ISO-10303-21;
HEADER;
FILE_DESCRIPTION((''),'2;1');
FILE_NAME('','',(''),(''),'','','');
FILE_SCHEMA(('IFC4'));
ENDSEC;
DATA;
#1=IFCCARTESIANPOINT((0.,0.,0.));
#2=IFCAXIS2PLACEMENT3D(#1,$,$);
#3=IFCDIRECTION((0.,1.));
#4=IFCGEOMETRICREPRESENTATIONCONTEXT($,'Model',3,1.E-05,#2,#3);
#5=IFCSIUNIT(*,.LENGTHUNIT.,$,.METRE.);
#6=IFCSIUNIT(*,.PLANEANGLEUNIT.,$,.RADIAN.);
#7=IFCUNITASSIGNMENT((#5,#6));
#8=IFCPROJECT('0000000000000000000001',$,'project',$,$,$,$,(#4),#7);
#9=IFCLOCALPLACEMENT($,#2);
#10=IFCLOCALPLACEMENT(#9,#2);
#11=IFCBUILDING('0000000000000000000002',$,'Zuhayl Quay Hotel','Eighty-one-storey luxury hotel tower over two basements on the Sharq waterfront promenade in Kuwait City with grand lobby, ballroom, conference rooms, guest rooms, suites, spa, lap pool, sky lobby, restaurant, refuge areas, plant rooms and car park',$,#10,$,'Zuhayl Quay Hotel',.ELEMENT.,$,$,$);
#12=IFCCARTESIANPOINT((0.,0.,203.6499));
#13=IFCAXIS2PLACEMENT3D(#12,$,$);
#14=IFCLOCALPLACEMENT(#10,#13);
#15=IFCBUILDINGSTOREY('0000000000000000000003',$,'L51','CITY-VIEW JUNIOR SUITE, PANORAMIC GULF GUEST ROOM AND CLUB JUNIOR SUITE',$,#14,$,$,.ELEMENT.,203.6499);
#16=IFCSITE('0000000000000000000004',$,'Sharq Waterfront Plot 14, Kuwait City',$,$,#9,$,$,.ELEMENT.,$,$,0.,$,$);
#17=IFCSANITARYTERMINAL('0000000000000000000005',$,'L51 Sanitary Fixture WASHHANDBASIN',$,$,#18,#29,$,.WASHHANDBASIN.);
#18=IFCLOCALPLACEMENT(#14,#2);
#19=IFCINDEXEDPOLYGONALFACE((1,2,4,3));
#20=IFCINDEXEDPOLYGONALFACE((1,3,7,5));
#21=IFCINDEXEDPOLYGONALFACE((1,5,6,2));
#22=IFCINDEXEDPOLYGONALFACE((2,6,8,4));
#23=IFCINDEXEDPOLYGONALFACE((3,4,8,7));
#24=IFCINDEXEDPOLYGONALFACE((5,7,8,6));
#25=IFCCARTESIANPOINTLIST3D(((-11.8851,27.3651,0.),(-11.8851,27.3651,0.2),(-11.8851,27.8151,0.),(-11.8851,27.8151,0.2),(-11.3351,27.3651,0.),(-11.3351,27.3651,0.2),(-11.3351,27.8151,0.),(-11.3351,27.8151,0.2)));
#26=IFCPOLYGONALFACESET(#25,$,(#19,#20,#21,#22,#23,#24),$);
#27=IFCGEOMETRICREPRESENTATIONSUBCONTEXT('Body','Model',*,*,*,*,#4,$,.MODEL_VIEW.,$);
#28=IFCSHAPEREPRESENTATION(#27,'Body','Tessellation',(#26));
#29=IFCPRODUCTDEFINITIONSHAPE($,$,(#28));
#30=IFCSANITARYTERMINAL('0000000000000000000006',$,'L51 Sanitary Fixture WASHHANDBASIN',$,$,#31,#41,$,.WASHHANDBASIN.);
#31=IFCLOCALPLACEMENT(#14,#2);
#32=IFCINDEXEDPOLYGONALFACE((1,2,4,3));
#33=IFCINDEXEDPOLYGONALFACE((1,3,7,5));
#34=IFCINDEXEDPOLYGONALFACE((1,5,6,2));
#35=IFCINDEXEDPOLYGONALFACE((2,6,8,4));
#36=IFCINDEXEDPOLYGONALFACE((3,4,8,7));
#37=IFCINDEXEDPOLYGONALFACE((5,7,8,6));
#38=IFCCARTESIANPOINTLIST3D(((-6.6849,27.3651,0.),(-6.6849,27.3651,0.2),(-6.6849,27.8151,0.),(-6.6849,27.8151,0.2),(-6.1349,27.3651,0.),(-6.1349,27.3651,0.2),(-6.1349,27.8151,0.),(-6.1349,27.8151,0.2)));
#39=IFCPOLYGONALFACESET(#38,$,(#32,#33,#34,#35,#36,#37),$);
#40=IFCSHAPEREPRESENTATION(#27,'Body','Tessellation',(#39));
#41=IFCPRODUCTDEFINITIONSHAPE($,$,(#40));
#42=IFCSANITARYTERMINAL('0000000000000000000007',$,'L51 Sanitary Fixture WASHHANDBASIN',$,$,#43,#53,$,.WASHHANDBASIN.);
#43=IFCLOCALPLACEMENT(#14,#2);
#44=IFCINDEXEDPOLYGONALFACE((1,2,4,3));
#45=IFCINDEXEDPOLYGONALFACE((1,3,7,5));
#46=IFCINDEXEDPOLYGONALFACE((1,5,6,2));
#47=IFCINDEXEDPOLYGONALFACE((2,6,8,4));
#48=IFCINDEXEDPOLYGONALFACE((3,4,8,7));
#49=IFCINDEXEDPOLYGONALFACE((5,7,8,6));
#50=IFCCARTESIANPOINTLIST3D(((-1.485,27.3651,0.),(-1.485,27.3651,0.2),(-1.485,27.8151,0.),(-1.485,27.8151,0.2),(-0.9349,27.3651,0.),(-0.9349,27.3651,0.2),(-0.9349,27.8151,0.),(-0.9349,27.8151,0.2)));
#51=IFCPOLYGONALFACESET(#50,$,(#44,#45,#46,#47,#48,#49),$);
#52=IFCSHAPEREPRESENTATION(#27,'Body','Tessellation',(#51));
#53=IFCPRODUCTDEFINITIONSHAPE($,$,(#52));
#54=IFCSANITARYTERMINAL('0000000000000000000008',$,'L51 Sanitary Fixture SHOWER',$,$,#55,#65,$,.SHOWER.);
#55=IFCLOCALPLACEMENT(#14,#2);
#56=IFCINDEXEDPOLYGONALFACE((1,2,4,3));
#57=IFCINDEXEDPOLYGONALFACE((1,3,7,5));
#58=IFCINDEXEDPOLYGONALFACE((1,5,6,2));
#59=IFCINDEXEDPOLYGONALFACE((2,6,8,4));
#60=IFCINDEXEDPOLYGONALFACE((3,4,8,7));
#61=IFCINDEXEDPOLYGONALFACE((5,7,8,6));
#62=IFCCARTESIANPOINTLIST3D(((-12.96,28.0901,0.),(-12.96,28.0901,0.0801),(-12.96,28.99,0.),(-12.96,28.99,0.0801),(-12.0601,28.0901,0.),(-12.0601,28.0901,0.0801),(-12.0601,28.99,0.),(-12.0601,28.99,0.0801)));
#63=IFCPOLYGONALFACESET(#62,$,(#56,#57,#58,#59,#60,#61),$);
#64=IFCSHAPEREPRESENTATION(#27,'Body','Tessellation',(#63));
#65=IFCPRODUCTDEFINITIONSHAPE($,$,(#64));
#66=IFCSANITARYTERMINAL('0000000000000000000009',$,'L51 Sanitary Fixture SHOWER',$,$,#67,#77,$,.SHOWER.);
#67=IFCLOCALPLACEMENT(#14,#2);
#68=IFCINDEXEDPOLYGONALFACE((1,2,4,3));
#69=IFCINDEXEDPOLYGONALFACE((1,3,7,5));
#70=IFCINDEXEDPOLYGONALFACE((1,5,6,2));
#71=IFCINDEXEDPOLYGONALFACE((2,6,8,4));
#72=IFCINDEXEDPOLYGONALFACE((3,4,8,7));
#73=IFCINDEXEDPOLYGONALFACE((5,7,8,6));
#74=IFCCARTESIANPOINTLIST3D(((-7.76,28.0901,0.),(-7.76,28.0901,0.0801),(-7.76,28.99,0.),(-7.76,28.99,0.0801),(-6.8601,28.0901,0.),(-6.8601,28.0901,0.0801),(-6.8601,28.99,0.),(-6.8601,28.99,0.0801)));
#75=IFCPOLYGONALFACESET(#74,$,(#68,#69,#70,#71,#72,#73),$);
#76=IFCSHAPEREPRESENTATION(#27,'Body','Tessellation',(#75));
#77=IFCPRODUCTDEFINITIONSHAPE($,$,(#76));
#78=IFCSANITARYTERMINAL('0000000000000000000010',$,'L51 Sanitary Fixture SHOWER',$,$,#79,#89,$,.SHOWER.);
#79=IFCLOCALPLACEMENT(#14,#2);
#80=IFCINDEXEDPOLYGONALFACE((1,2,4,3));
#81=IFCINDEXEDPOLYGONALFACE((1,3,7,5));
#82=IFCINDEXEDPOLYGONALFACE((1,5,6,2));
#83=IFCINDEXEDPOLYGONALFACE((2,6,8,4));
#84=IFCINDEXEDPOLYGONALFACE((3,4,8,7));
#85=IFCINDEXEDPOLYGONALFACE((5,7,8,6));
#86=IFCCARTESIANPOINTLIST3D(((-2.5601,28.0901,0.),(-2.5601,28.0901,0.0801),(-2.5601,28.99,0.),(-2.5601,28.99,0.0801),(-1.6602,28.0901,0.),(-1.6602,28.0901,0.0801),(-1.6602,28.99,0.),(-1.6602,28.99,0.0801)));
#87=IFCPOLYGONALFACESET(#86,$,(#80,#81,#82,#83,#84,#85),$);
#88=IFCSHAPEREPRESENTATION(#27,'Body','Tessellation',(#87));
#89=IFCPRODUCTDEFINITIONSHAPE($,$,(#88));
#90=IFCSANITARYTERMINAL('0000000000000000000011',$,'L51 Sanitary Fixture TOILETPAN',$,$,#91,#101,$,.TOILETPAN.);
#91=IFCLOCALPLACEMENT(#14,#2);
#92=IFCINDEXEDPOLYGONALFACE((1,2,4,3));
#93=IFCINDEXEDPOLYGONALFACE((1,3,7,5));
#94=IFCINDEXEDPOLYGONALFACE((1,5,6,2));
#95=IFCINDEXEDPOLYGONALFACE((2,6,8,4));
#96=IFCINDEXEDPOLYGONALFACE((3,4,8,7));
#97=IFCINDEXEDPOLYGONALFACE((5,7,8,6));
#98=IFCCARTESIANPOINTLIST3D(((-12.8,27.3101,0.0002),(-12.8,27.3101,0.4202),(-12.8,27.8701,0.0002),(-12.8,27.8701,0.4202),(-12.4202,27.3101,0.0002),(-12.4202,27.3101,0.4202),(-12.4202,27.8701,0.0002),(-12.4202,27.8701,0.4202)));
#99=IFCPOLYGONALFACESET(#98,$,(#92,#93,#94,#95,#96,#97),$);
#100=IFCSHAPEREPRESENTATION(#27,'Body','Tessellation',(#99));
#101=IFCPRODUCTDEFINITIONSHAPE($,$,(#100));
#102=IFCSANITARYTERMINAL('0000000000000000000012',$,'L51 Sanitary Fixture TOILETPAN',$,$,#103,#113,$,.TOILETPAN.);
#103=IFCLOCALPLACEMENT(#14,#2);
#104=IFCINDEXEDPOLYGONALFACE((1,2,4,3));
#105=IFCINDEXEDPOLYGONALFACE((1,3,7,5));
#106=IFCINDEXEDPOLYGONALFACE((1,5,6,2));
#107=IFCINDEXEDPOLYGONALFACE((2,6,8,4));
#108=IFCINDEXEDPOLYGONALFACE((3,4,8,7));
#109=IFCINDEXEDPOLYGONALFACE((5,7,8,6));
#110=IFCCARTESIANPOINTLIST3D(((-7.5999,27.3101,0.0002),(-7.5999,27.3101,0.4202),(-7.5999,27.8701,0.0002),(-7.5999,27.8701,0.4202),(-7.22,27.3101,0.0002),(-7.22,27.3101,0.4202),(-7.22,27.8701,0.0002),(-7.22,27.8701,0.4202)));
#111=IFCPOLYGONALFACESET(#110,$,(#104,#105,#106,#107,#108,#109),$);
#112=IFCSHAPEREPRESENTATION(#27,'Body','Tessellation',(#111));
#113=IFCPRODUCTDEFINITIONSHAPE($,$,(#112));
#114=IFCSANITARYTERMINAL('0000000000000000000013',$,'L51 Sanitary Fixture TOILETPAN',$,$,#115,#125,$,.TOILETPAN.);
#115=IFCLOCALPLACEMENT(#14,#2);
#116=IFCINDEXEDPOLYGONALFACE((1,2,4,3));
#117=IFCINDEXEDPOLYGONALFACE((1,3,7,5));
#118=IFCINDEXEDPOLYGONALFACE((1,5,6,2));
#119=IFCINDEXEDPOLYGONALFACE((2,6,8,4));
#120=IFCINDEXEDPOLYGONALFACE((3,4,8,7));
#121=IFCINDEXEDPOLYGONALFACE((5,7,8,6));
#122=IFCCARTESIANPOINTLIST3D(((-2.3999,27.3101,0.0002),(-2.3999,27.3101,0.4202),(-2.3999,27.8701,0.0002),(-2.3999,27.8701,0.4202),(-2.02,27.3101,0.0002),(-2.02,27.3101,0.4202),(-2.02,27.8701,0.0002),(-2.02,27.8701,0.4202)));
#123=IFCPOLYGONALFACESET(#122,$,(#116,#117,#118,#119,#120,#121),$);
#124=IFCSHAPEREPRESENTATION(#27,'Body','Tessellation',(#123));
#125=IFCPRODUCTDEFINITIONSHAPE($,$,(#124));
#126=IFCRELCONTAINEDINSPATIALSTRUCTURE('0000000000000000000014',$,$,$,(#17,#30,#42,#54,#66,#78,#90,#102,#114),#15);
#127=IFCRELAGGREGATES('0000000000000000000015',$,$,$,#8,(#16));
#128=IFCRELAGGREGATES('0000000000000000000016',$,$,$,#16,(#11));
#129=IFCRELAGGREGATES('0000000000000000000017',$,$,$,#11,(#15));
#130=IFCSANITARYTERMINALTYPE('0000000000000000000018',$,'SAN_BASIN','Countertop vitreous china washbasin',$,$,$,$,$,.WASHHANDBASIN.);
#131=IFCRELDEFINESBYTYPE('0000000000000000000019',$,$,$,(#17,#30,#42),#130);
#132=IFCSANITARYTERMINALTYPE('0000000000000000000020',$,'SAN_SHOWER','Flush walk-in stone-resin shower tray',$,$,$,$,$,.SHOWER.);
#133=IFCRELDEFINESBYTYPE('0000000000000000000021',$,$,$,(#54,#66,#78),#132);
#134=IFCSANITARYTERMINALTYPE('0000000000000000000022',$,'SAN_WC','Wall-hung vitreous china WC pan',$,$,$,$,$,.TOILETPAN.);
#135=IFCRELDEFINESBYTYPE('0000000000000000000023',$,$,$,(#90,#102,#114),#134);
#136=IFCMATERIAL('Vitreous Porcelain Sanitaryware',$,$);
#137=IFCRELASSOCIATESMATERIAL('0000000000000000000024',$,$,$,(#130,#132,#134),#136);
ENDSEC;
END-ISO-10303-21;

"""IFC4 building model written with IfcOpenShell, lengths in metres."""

from ifc_helpers import new_model, si_unit, direction, frame, origin, origin_2d, place, context, subcontext, project, spatial, rectangle, extrude, material, type_object, element, save


model = new_model("IFC4")

# Units and contexts
model_context = context("Model", 3, precision=1e-05, world=origin(), true_north=direction((0.0, 1.0)))
body_context = subcontext(model_context, "Body", "Model", "MODEL_VIEW")
ifc_project = project(units=[si_unit("LENGTHUNIT", "METRE"), si_unit("PLANEANGLEUNIT", "RADIAN")], contexts=[model_context])

# Site, building, storey
site_placement = place(None, origin())
site = spatial("IfcSite", under=ifc_project, at=site_placement, Name="Sharq Waterfront Plot 14, Kuwait City", CompositionType="ELEMENT", RefElevation=0.0)
building_placement = place(site_placement, origin())
building = spatial("IfcBuilding", under=site, at=building_placement, Name="Zuhayl Quay Hotel", Description="Eighty-one-storey luxury hotel tower over two basements on the Sharq waterfront promenade in Kuwait City with grand lobby, ballroom, conference rooms, guest rooms, suites, spa, lap pool, sky lobby, restaurant, refuge areas, plant rooms and car park", LongName="Zuhayl Quay Hotel", CompositionType="ELEMENT")
storey_placement = place(building_placement, frame((0.0, 0.0, 203.6499)))
storey = spatial("IfcBuildingStorey", under=building, at=storey_placement, Name="L51", Description="CITY-VIEW JUNIOR SUITE, PANORAMIC GULF GUEST ROOM AND CLUB JUNIOR SUITE", CompositionType="ELEMENT", Elevation=203.6499)

# Sanitary terminals
ifc_material_1 = material(Name="Vitreous Porcelain Sanitaryware")
sanitary_terminal_type_1 = type_object("IfcSanitaryTerminalType", Name="SAN_BASIN", Description="Countertop vitreous china washbasin", PredefinedType="WASHHANDBASIN", material=ifc_material_1)
for number, where, z_axis, x_axis, name in (
    (1, (-11.6101, 27.5901, 0.0), (0.0, 0.0, 1.0), (1.0, 0.0, 0.0), "L51 Sanitary Fixture WASHHANDBASIN"),
    (2, (-6.4099, 27.5901, 0.0), (0.0, 0.0, 1.0), (1.0, 0.0, 0.0), "L51 Sanitary Fixture WASHHANDBASIN"),
    (3, (-1.21, 27.5901, 0.0), (0.0, 0.0, 1.0), (1.0, 0.0, 0.0), "L51 Sanitary Fixture WASHHANDBASIN"),
):
    element("IfcSanitaryTerminal", number, at=place(storey_placement, frame(where, z_axis=z_axis, x_axis=x_axis)), inside=storey, type_object=sanitary_terminal_type_1, Name=name, PredefinedType="WASHHANDBASIN", context=body_context, shape_type="SweptSolid", body=[
        extrude(rectangle(XDim=0.55, YDim=0.45, at=origin_2d()), origin(), (0.0, 0.0, 1.0), 0.2),
    ])
sanitary_terminal_type_2 = type_object("IfcSanitaryTerminalType", Name="SAN_SHOWER", Description="Flush walk-in stone-resin shower tray", PredefinedType="SHOWER", material=ifc_material_1)
for number, where, z_axis, x_axis, name in (
    (4, (-12.51, 28.54, 0.0), (0.0, 0.0, 1.0), (1.0, 0.0, 0.0), "L51 Sanitary Fixture SHOWER"),
    (5, (-7.3101, 28.54, 0.0), (0.0, 0.0, 1.0), (1.0, 0.0, 0.0), "L51 Sanitary Fixture SHOWER"),
    (6, (-2.1101, 28.54, 0.0), (0.0, 0.0, 1.0), (1.0, 0.0, 0.0), "L51 Sanitary Fixture SHOWER"),
):
    element("IfcSanitaryTerminal", number, at=place(storey_placement, frame(where, z_axis=z_axis, x_axis=x_axis)), inside=storey, type_object=sanitary_terminal_type_2, Name=name, PredefinedType="SHOWER", context=body_context, shape_type="SweptSolid", body=[
        extrude(rectangle(XDim=0.8999, YDim=0.8999, at=origin_2d()), origin(), (0.0, 0.0, 1.0), 0.0801),
    ])
sanitary_terminal_type_3 = type_object("IfcSanitaryTerminalType", Name="SAN_WC", Description="Wall-hung vitreous china WC pan", PredefinedType="TOILETPAN", material=ifc_material_1)
for number, where, z_axis, x_axis, name in (
    (7, (-12.6101, 27.5901, 0.0002), (0.0, 0.0, 1.0), (1.0, 0.0, 0.0), "L51 Sanitary Fixture TOILETPAN"),
    (8, (-7.4099, 27.5901, 0.0002), (0.0, 0.0, 1.0), (1.0, 0.0, 0.0), "L51 Sanitary Fixture TOILETPAN"),
    (9, (-2.21, 27.5901, 0.0002), (0.0, 0.0, 1.0), (1.0, 0.0, 0.0), "L51 Sanitary Fixture TOILETPAN"),
):
    element("IfcSanitaryTerminal", number, at=place(storey_placement, frame(where, z_axis=z_axis, x_axis=x_axis)), inside=storey, type_object=sanitary_terminal_type_3, Name=name, PredefinedType="TOILETPAN", context=body_context, shape_type="SweptSolid", body=[
        extrude(rectangle(XDim=0.3799, YDim=0.5601, at=origin_2d()), origin(), (0.0, 0.0, 1.0), 0.4199),
    ])

save(model, "model.ifc")
